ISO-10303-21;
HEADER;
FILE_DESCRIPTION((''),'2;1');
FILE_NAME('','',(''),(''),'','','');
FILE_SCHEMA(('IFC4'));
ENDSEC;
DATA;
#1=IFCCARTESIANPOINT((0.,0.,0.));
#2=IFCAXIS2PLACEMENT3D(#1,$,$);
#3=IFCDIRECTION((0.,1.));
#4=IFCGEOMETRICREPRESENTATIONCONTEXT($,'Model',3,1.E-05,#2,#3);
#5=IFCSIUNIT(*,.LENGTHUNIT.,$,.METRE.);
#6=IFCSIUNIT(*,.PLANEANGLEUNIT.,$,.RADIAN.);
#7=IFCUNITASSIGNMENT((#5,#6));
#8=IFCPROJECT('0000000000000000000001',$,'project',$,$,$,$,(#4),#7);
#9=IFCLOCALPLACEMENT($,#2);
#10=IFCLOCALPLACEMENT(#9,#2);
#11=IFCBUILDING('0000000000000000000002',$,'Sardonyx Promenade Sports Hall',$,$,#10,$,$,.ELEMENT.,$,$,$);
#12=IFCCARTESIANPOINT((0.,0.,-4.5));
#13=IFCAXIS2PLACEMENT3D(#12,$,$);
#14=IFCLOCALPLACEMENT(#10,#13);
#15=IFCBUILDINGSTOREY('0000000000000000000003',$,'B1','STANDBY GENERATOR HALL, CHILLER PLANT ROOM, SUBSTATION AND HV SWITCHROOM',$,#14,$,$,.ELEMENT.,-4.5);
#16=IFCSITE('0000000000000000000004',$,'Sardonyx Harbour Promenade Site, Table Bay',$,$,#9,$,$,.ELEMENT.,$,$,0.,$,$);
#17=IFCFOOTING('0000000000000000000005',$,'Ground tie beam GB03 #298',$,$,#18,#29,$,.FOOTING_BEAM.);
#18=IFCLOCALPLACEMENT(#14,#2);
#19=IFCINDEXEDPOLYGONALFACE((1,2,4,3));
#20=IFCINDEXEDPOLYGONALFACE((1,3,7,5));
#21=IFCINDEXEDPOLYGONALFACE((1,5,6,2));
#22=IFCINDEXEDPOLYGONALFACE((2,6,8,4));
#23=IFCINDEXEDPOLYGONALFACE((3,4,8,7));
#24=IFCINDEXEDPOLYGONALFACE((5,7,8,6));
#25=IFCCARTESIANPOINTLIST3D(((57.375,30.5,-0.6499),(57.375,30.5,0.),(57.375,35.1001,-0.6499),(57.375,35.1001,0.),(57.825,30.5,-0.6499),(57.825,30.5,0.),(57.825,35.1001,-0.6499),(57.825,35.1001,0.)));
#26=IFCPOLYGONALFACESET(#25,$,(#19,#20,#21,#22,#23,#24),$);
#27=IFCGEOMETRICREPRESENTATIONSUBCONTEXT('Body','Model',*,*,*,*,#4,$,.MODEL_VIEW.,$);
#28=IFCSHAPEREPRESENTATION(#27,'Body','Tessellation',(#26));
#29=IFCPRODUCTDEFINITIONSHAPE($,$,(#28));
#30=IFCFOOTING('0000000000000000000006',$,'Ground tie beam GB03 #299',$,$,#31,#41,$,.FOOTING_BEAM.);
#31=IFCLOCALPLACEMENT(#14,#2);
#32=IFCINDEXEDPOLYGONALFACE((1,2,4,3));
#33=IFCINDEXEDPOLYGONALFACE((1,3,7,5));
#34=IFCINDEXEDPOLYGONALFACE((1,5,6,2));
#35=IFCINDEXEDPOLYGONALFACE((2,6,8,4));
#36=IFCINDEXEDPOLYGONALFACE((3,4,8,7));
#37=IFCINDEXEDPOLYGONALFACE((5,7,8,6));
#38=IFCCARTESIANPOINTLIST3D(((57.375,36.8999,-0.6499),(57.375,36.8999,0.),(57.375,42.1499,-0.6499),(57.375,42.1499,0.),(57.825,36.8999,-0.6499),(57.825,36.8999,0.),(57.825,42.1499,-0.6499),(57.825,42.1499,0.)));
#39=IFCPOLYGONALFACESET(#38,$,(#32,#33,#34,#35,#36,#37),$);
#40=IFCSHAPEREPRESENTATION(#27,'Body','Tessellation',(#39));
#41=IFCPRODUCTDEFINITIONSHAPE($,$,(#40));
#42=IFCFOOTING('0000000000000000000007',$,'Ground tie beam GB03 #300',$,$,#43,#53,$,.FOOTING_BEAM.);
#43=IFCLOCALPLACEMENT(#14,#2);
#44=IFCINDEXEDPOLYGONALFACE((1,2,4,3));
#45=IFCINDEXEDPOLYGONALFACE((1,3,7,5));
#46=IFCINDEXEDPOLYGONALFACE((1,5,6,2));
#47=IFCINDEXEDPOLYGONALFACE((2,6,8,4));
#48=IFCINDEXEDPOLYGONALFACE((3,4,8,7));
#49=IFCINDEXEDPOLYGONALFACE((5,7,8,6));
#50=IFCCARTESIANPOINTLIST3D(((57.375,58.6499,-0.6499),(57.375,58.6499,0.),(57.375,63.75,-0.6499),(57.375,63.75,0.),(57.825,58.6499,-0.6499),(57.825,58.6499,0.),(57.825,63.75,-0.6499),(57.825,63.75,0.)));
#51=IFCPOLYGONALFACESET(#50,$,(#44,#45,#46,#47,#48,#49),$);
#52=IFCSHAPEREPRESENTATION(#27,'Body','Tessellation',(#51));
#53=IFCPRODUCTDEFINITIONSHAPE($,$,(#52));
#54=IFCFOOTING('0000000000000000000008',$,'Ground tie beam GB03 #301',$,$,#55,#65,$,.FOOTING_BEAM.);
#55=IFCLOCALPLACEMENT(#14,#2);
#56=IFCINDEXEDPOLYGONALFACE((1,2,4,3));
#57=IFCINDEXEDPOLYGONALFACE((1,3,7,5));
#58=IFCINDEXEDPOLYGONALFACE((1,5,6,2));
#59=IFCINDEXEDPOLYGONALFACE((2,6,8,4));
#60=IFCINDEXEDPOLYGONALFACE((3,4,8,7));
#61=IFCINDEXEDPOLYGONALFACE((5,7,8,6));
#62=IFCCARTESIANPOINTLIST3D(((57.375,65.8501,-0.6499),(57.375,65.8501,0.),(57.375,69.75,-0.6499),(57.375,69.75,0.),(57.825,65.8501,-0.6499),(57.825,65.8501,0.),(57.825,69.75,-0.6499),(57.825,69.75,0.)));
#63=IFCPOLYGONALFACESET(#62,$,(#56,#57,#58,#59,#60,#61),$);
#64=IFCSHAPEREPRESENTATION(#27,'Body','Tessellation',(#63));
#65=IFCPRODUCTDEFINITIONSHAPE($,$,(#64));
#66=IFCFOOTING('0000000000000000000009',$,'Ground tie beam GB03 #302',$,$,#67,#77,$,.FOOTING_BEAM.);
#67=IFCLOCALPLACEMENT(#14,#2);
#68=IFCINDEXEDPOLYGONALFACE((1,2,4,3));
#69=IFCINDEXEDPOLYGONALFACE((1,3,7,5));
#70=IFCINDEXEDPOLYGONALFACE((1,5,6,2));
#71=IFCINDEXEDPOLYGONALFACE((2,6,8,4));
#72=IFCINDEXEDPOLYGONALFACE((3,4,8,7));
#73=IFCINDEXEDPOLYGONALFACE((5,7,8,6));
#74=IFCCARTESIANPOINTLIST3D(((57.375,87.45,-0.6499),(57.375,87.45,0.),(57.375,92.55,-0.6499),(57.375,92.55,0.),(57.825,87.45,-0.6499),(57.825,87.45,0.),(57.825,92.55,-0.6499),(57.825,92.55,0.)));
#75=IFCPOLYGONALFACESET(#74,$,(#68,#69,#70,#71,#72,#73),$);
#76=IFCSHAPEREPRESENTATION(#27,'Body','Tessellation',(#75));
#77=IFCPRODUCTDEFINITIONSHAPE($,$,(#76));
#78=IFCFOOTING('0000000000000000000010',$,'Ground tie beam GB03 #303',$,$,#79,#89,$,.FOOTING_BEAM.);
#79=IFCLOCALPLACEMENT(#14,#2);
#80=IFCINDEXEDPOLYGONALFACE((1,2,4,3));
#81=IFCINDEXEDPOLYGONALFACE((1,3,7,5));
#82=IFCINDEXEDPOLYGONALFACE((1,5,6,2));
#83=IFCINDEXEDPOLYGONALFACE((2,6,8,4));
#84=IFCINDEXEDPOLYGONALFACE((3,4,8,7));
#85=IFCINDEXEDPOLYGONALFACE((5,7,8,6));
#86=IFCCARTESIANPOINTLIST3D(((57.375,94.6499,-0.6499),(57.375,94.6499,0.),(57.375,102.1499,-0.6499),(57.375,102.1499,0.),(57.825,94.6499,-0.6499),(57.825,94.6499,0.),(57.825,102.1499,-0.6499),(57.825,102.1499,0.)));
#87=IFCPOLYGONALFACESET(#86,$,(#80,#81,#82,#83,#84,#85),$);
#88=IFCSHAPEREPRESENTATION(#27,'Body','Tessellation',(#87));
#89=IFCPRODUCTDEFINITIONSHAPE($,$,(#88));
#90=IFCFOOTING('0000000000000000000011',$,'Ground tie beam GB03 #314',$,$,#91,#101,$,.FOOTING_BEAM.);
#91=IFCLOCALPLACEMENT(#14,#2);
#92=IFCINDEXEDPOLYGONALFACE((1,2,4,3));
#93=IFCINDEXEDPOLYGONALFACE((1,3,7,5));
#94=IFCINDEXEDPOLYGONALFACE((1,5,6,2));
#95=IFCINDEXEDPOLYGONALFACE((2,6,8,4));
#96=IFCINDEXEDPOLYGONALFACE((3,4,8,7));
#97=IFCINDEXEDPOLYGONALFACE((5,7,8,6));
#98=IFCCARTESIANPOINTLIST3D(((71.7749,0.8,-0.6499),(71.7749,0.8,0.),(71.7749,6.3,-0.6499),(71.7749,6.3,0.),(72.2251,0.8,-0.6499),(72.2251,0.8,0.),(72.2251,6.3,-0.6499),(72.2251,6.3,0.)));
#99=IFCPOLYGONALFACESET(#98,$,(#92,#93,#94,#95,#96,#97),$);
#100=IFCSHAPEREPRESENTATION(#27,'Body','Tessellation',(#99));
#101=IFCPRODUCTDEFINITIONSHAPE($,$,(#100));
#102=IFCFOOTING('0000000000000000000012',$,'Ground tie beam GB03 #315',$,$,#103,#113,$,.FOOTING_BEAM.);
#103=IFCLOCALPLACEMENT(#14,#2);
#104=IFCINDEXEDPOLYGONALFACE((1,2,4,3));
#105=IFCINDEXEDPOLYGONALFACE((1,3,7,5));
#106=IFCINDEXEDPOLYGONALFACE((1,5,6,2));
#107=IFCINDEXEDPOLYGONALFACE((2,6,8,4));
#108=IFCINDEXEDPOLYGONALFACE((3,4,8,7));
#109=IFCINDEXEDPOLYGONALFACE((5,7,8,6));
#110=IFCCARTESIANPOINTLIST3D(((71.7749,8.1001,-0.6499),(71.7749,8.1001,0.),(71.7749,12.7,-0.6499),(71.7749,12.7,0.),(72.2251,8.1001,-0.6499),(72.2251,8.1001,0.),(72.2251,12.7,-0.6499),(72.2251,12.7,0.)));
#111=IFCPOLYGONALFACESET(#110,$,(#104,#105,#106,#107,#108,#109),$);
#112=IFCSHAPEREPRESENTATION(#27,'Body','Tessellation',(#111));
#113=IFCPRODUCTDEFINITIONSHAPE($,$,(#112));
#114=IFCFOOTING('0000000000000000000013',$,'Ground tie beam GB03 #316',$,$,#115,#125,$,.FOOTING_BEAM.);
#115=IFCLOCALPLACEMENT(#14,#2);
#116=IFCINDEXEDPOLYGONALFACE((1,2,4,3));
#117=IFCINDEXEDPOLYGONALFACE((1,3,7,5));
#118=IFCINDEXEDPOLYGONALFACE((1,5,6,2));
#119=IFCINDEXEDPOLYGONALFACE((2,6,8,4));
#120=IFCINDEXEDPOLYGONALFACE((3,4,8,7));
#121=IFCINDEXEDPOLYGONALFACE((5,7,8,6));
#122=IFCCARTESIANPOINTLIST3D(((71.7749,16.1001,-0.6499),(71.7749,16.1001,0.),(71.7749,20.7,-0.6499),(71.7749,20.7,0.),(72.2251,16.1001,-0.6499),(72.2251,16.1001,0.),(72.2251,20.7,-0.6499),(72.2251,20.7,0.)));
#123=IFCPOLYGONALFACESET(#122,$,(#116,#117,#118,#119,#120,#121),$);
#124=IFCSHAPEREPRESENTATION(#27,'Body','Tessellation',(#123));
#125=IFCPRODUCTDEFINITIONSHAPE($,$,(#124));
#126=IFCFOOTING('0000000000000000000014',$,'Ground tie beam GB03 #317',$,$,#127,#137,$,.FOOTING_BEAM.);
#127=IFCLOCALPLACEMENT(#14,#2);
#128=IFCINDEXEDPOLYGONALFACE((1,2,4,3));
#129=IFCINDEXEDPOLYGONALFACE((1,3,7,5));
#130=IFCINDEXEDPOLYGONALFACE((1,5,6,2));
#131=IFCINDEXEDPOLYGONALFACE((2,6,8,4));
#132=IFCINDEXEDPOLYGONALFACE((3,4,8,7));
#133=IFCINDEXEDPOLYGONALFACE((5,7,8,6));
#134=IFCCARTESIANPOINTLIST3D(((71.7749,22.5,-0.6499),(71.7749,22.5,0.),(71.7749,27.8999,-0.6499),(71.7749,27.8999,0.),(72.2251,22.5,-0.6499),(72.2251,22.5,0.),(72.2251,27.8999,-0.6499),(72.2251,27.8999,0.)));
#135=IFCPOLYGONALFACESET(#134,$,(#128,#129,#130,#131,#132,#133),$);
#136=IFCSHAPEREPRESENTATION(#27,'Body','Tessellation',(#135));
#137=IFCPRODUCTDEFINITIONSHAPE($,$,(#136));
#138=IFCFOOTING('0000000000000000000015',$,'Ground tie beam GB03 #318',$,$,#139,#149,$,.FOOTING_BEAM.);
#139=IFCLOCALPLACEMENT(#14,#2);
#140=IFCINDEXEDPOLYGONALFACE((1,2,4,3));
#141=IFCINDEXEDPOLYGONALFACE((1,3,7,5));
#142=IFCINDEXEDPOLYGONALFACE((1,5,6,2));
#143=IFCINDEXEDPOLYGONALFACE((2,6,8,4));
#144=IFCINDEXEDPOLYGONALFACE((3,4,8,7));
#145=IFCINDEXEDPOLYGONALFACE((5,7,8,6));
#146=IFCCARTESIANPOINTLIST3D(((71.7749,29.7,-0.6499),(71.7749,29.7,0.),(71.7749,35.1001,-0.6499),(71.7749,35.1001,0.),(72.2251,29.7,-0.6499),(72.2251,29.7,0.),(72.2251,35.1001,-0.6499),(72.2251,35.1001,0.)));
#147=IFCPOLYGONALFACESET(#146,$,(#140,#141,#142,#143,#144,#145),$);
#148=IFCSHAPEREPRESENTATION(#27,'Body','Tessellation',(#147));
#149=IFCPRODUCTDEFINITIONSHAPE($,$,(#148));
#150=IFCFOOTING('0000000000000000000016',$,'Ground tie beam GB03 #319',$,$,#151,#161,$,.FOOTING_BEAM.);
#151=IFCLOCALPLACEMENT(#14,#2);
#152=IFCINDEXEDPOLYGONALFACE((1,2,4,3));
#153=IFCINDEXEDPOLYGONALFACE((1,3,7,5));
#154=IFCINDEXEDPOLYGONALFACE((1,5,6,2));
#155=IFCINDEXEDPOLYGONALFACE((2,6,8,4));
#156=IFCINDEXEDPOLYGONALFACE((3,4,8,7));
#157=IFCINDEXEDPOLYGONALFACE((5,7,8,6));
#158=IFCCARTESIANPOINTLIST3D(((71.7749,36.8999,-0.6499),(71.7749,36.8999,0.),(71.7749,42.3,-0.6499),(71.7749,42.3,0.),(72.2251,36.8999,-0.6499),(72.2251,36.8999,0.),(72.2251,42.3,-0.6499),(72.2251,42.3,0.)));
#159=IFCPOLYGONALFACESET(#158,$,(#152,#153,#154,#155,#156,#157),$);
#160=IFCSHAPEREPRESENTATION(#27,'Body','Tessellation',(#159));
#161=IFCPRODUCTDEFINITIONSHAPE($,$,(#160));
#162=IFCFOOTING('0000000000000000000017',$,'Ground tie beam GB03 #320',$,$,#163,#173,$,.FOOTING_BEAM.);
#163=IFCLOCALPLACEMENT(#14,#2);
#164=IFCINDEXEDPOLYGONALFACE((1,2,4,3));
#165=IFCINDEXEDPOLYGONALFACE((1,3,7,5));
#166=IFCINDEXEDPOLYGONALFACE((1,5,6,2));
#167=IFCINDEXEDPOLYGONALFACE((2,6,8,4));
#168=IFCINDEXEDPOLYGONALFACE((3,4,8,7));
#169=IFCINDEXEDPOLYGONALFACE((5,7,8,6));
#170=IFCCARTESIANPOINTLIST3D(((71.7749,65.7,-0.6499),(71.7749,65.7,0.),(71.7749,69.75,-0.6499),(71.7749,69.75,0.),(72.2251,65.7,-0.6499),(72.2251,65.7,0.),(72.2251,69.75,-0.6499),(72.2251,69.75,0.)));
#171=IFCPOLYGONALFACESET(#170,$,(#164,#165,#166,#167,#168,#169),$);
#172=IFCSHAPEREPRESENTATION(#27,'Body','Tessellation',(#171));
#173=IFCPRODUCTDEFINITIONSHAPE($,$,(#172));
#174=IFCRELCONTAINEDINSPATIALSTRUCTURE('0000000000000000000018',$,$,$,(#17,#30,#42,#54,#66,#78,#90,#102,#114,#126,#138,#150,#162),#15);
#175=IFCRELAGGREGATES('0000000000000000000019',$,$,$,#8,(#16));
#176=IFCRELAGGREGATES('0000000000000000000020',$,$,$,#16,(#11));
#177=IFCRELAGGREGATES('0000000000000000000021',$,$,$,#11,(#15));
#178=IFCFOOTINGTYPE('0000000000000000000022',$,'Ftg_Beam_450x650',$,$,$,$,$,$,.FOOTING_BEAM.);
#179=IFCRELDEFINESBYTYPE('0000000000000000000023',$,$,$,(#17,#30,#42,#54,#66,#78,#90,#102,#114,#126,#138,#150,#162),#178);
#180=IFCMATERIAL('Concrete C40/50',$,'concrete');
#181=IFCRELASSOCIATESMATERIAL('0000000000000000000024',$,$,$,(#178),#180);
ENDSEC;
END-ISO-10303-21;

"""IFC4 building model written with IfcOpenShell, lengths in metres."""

from ifc_helpers import new_model, si_unit, direction, frame, origin, place, context, subcontext, project, spatial, polyline, outline, extrude, material, type_object, element, save


model = new_model("IFC4")

# Units and contexts
model_context = context("Model", 3, precision=1e-05, world=origin(), true_north=direction((0.0, 1.0)))
body_context = subcontext(model_context, "Body", "Model", "MODEL_VIEW")
ifc_project = project(units=[si_unit("LENGTHUNIT", "METRE"), si_unit("PLANEANGLEUNIT", "RADIAN")], contexts=[model_context])

# Site, building, storey
site_placement = place(None, origin())
site = spatial("IfcSite", under=ifc_project, at=site_placement, Name="Sardonyx Harbour Promenade Site, Table Bay", CompositionType="ELEMENT", RefElevation=0.0)
building_placement = place(site_placement, origin())
building = spatial("IfcBuilding", under=site, at=building_placement, Name="Sardonyx Promenade Sports Hall", CompositionType="ELEMENT")
storey_placement = place(building_placement, frame((0.0, 0.0, -4.5)))
storey = spatial("IfcBuildingStorey", under=building, at=storey_placement, Name="B1", Description="STANDBY GENERATOR HALL, CHILLER PLANT ROOM, SUBSTATION AND HV SWITCHROOM", CompositionType="ELEMENT", Elevation=-4.5)

# Footings
ifc_material = material(Name="Concrete C40/50", Category="concrete")
footing_type = type_object("IfcFootingType", Name="Ftg_Beam_450x650", PredefinedType="FOOTING_BEAM", material=ifc_material)
footing_1_placement = place(storey_placement, frame((0.0, 0.0, -0.6499)))
element("IfcFooting", 1, at=footing_1_placement, inside=storey, type_object=footing_type, Name="Ground tie beam GB03 #298", PredefinedType="FOOTING_BEAM", context=body_context, shape_type="SweptSolid", body=[
    extrude(outline(polyline([(57.375, 30.5), (57.825, 30.5), (57.825, 35.1001), (57.375, 35.1001), (57.375, 30.5)])), origin(), (0.0, 0.0, 1.0), 0.6499),
])
footing_2_placement = place(storey_placement, frame((0.0, 0.0, -0.6499)))
element("IfcFooting", 2, at=footing_2_placement, inside=storey, type_object=footing_type, Name="Ground tie beam GB03 #299", PredefinedType="FOOTING_BEAM", context=body_context, shape_type="SweptSolid", body=[
    extrude(outline(polyline([(57.375, 36.8999), (57.825, 36.8999), (57.825, 42.1499), (57.375, 42.1499), (57.375, 36.8999)])), origin(), (0.0, 0.0, 1.0), 0.6499),
])
footing_3_placement = place(storey_placement, frame((0.0, 0.0, -0.6499)))
element("IfcFooting", 3, at=footing_3_placement, inside=storey, type_object=footing_type, Name="Ground tie beam GB03 #300", PredefinedType="FOOTING_BEAM", context=body_context, shape_type="SweptSolid", body=[
    extrude(outline(polyline([(57.375, 58.6499), (57.825, 58.6499), (57.825, 63.75), (57.375, 63.75), (57.375, 58.6499)])), origin(), (0.0, 0.0, 1.0), 0.6499),
])
footing_4_placement = place(storey_placement, frame((0.0, 0.0, -0.6499)))
element("IfcFooting", 4, at=footing_4_placement, inside=storey, type_object=footing_type, Name="Ground tie beam GB03 #301", PredefinedType="FOOTING_BEAM", context=body_context, shape_type="SweptSolid", body=[
    extrude(outline(polyline([(57.375, 65.8501), (57.825, 65.8501), (57.825, 69.75), (57.375, 69.75), (57.375, 65.8501)])), origin(), (0.0, 0.0, 1.0), 0.6499),
])
footing_5_placement = place(storey_placement, frame((0.0, 0.0, -0.6499)))
element("IfcFooting", 5, at=footing_5_placement, inside=storey, type_object=footing_type, Name="Ground tie beam GB03 #302", PredefinedType="FOOTING_BEAM", context=body_context, shape_type="SweptSolid", body=[
    extrude(outline(polyline([(57.375, 87.45), (57.825, 87.45), (57.825, 92.55), (57.375, 92.55), (57.375, 87.45)])), origin(), (0.0, 0.0, 1.0), 0.6499),
])
footing_6_placement = place(storey_placement, frame((0.0, 0.0, -0.6499)))
element("IfcFooting", 6, at=footing_6_placement, inside=storey, type_object=footing_type, Name="Ground tie beam GB03 #303", PredefinedType="FOOTING_BEAM", context=body_context, shape_type="SweptSolid", body=[
    extrude(outline(polyline([(57.375, 94.6499), (57.825, 94.6499), (57.825, 102.1499), (57.375, 102.1499), (57.375, 94.6499)])), origin(), (0.0, 0.0, 1.0), 0.6499),
])
footing_7_placement = place(storey_placement, frame((0.0, 0.0, -0.6499)))
element("IfcFooting", 7, at=footing_7_placement, inside=storey, type_object=footing_type, Name="Ground tie beam GB03 #314", PredefinedType="FOOTING_BEAM", context=body_context, shape_type="SweptSolid", body=[
    extrude(outline(polyline([(71.7749, 0.8), (72.2251, 0.8), (72.2251, 6.3), (71.7749, 6.3), (71.7749, 0.8)])), origin(), (0.0, 0.0, 1.0), 0.6499),
])
footing_8_placement = place(storey_placement, frame((0.0, 0.0, -0.6499)))
element("IfcFooting", 8, at=footing_8_placement, inside=storey, type_object=footing_type, Name="Ground tie beam GB03 #315", PredefinedType="FOOTING_BEAM", context=body_context, shape_type="SweptSolid", body=[
    extrude(outline(polyline([(71.7749, 8.1001), (72.2251, 8.1001), (72.2251, 12.7), (71.7749, 12.7), (71.7749, 8.1001)])), origin(), (0.0, 0.0, 1.0), 0.6499),
])
footing_9_placement = place(storey_placement, frame((0.0, 0.0, -0.6499)))
element("IfcFooting", 9, at=footing_9_placement, inside=storey, type_object=footing_type, Name="Ground tie beam GB03 #316", PredefinedType="FOOTING_BEAM", context=body_context, shape_type="SweptSolid", body=[
    extrude(outline(polyline([(71.7749, 16.1001), (72.2251, 16.1001), (72.2251, 20.7), (71.7749, 20.7), (71.7749, 16.1001)])), origin(), (0.0, 0.0, 1.0), 0.6499),
])
footing_10_placement = place(storey_placement, frame((0.0, 0.0, -0.6499)))
element("IfcFooting", 10, at=footing_10_placement, inside=storey, type_object=footing_type, Name="Ground tie beam GB03 #317", PredefinedType="FOOTING_BEAM", context=body_context, shape_type="SweptSolid", body=[
    extrude(outline(polyline([(71.7749, 22.5), (72.2251, 22.5), (72.2251, 27.8999), (71.7749, 27.8999), (71.7749, 22.5)])), origin(), (0.0, 0.0, 1.0), 0.6499),
])
footing_11_placement = place(storey_placement, frame((0.0, 0.0, -0.6499)))
element("IfcFooting", 11, at=footing_11_placement, inside=storey, type_object=footing_type, Name="Ground tie beam GB03 #318", PredefinedType="FOOTING_BEAM", context=body_context, shape_type="SweptSolid", body=[
    extrude(outline(polyline([(71.7749, 29.7), (72.2251, 29.7), (72.2251, 35.1001), (71.7749, 35.1001), (71.7749, 29.7)])), origin(), (0.0, 0.0, 1.0), 0.6499),
])
footing_12_placement = place(storey_placement, frame((0.0, 0.0, -0.6499)))
element("IfcFooting", 12, at=footing_12_placement, inside=storey, type_object=footing_type, Name="Ground tie beam GB03 #319", PredefinedType="FOOTING_BEAM", context=body_context, shape_type="SweptSolid", body=[
    extrude(outline(polyline([(71.7749, 36.8999), (72.2251, 36.8999), (72.2251, 42.3), (71.7749, 42.3), (71.7749, 36.8999)])), origin(), (0.0, 0.0, 1.0), 0.6499),
])
footing_13_placement = place(storey_placement, frame((0.0, 0.0, -0.6499)))
element("IfcFooting", 13, at=footing_13_placement, inside=storey, type_object=footing_type, Name="Ground tie beam GB03 #320", PredefinedType="FOOTING_BEAM", context=body_context, shape_type="SweptSolid", body=[
    extrude(outline(polyline([(71.7749, 65.7), (72.2251, 65.7), (72.2251, 69.75), (71.7749, 69.75), (71.7749, 65.7)])), origin(), (0.0, 0.0, 1.0), 0.6499),
])

save(model, "model.ifc")
